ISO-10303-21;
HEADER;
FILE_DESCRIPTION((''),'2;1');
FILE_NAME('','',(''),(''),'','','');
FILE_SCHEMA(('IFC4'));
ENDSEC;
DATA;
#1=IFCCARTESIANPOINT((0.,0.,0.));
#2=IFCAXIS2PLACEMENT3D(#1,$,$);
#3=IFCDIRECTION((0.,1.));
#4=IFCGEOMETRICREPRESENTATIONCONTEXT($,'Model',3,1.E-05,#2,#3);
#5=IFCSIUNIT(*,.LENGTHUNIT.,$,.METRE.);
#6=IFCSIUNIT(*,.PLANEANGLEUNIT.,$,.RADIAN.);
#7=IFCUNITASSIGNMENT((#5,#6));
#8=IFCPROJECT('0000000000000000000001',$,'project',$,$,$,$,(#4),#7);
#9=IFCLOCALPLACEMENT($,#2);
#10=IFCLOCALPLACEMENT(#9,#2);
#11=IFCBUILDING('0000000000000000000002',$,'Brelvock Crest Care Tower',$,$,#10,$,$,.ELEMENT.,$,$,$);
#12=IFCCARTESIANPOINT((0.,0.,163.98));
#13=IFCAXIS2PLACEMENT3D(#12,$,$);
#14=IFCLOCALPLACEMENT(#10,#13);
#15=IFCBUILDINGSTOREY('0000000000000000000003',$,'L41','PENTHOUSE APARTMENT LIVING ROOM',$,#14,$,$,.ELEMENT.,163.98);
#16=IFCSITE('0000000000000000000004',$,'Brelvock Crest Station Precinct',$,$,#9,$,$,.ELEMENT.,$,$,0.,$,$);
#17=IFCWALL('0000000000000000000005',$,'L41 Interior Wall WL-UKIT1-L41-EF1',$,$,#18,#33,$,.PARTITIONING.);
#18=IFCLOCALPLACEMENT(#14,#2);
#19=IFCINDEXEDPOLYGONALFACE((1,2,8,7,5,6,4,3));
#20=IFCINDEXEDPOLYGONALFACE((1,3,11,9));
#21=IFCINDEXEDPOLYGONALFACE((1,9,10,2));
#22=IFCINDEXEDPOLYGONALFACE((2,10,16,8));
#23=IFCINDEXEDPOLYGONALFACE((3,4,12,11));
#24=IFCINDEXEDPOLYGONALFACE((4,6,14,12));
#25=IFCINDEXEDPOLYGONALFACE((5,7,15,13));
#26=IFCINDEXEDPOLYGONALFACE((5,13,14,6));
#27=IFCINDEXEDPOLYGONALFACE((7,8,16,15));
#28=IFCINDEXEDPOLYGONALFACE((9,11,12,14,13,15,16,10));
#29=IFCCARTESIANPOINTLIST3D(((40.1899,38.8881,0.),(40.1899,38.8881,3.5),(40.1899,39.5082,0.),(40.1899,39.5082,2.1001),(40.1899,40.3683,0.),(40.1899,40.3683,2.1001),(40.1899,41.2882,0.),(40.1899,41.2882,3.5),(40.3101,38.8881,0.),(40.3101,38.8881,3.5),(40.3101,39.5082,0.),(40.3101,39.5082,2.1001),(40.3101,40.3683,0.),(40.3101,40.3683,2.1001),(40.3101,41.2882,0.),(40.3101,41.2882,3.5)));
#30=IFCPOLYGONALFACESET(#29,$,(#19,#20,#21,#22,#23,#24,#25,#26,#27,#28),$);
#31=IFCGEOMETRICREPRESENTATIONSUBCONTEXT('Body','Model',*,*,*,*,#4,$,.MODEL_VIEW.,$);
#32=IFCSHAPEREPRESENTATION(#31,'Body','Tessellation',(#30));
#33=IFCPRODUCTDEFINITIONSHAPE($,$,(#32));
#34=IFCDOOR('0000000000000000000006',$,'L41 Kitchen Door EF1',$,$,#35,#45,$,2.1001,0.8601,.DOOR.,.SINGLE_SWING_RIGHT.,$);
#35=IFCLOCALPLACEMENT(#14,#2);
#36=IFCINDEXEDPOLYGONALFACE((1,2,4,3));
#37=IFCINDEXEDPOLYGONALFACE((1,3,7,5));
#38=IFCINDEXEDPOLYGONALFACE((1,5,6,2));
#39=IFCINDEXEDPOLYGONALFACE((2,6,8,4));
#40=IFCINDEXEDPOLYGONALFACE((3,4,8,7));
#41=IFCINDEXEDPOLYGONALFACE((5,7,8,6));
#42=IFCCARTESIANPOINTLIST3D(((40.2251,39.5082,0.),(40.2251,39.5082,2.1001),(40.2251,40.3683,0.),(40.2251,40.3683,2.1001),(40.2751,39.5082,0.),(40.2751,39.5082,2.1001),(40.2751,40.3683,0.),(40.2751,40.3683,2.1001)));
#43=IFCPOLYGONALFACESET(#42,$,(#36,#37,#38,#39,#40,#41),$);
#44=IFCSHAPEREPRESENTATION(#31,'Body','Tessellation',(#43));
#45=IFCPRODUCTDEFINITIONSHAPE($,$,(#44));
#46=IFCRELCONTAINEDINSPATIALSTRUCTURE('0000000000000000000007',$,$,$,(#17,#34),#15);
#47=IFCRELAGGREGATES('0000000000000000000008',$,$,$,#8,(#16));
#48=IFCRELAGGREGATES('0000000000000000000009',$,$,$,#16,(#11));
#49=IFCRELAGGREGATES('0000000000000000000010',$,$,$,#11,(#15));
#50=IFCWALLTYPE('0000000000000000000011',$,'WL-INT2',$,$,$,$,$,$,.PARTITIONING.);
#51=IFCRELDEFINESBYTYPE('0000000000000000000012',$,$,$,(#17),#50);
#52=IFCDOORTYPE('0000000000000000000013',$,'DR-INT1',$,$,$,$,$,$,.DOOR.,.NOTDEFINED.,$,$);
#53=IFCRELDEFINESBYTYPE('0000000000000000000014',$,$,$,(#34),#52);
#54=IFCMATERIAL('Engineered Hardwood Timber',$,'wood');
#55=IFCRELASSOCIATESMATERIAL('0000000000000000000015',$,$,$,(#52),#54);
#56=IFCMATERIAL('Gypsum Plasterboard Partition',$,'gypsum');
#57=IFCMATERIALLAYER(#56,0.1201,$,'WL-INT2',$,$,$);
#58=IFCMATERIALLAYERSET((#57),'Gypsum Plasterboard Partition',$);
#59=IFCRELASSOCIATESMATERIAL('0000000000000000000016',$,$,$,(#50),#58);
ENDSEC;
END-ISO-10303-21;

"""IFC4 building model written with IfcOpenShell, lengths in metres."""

from ifc_helpers import new_model, si_unit, direction, frame, frame_2d, origin, origin_2d, place, context, subcontext, project, spatial, rectangle, extrude, source, transform, mapped, material, layer, layer_set, type_object, element, fill, save


model = new_model("IFC4")

# Units and contexts
model_context = context("Model", 3, precision=1e-05, world=origin(), true_north=direction((0.0, 1.0)))
body_context = subcontext(model_context, "Body", "Model", "MODEL_VIEW")
ifc_project = project(units=[si_unit("LENGTHUNIT", "METRE"), si_unit("PLANEANGLEUNIT", "RADIAN")], contexts=[model_context])

# Site, building, storey
site_placement = place(None, origin())
site = spatial("IfcSite", under=ifc_project, at=site_placement, Name="Brelvock Crest Station Precinct", CompositionType="ELEMENT", RefElevation=0.0)
building_placement = place(site_placement, origin())
building = spatial("IfcBuilding", under=site, at=building_placement, Name="Brelvock Crest Care Tower", CompositionType="ELEMENT")
storey_placement = place(building_placement, frame((0.0, 0.0, 163.98)))
storey = spatial("IfcBuildingStorey", under=building, at=storey_placement, Name="L41", Description="PENTHOUSE APARTMENT LIVING ROOM", CompositionType="ELEMENT", Elevation=163.98)

# Shared definitions
ifc_material_1 = material(Name="Engineered Hardwood Timber", Category="wood")
door_type = type_object("IfcDoorType", Name="DR-INT1", OperationType="NOTDEFINED", PredefinedType="DOOR", material=ifc_material_1)
shared_shape_1 = source(origin(), body_context, "Body", "SweptSolid", [
    extrude(rectangle(XDim=0.8601, YDim=2.1001, at=origin_2d()), frame((0.4302, 0.0249, 1.05), z_axis=(0.0, -1.0, 0.0), x_axis=(1.0, 0.0, 0.0)), (0.0, 0.0, 1.0), 0.05),
])

# Shared definitions
ifc_material_2 = material(Name="Gypsum Plasterboard Partition", Category="gypsum")
ifc_layer_1 = layer(ifc_material_2, 0.1201, Name="WL-INT2")
ifc_layer_set_1 = layer_set([ifc_layer_1], Name="Gypsum Plasterboard Partition")
wall_type_1 = type_object("IfcWallType", Name="WL-INT2", PredefinedType="PARTITIONING", material=ifc_layer_set_1)

# Wall, opening, door
wall_1_placement = place(storey_placement, frame((40.25, 38.8879, 0.0), z_axis=(0.0, 0.0, 1.0), x_axis=(0.0, 1.0, 0.0)))
wall_1 = element("IfcWall", 1, at=wall_1_placement, inside=storey, type_object=wall_type_1, Name="L41 Interior Wall WL-UKIT1-L41-EF1", PredefinedType="PARTITIONING", context=body_context, shape_type="SweptSolid", body=[
    extrude(rectangle(XDim=2.4001, YDim=0.1201, at=frame_2d((1.2002, 0.0))), origin(), (0.0, 0.0, 1.0), 3.5),
])
opening_1_placement = place(wall_1_placement, frame((0.6201, 0.0, 0.0)))
opening_1 = element("IfcOpeningElement", 2, at=opening_1_placement, cuts=wall_1, PredefinedType="OPENING", context=body_context, shape_type="SweptSolid", body=[
    extrude(rectangle(XDim=0.8601, YDim=2.1001, at=origin_2d()), frame((0.4302, 0.0701, 1.05), z_axis=(0.0, -1.0, 0.0), x_axis=(1.0, 0.0, 0.0)), (0.0, 0.0, 1.0), 0.1401),
])
door_1_placement = place(opening_1_placement, origin())
door_1 = element("IfcDoor", 3, at=door_1_placement, inside=storey, type_object=door_type, Name="L41 Kitchen Door EF1", OperationType="SINGLE_SWING_RIGHT", OverallHeight=2.1001, OverallWidth=0.8601, PredefinedType="DOOR", context=body_context, shape_type="MappedRepresentation", body=[
    mapped(shared_shape_1, transform((0.0, 0.0, 0.0), x_axis=(1.0, 0.0, 0.0), y_axis=(0.0, 1.0, 0.0), z_axis=(0.0, 0.0, 1.0), scale=1.0)),
])
fill(opening_1, door_1)

save(model, "model.ifc")
